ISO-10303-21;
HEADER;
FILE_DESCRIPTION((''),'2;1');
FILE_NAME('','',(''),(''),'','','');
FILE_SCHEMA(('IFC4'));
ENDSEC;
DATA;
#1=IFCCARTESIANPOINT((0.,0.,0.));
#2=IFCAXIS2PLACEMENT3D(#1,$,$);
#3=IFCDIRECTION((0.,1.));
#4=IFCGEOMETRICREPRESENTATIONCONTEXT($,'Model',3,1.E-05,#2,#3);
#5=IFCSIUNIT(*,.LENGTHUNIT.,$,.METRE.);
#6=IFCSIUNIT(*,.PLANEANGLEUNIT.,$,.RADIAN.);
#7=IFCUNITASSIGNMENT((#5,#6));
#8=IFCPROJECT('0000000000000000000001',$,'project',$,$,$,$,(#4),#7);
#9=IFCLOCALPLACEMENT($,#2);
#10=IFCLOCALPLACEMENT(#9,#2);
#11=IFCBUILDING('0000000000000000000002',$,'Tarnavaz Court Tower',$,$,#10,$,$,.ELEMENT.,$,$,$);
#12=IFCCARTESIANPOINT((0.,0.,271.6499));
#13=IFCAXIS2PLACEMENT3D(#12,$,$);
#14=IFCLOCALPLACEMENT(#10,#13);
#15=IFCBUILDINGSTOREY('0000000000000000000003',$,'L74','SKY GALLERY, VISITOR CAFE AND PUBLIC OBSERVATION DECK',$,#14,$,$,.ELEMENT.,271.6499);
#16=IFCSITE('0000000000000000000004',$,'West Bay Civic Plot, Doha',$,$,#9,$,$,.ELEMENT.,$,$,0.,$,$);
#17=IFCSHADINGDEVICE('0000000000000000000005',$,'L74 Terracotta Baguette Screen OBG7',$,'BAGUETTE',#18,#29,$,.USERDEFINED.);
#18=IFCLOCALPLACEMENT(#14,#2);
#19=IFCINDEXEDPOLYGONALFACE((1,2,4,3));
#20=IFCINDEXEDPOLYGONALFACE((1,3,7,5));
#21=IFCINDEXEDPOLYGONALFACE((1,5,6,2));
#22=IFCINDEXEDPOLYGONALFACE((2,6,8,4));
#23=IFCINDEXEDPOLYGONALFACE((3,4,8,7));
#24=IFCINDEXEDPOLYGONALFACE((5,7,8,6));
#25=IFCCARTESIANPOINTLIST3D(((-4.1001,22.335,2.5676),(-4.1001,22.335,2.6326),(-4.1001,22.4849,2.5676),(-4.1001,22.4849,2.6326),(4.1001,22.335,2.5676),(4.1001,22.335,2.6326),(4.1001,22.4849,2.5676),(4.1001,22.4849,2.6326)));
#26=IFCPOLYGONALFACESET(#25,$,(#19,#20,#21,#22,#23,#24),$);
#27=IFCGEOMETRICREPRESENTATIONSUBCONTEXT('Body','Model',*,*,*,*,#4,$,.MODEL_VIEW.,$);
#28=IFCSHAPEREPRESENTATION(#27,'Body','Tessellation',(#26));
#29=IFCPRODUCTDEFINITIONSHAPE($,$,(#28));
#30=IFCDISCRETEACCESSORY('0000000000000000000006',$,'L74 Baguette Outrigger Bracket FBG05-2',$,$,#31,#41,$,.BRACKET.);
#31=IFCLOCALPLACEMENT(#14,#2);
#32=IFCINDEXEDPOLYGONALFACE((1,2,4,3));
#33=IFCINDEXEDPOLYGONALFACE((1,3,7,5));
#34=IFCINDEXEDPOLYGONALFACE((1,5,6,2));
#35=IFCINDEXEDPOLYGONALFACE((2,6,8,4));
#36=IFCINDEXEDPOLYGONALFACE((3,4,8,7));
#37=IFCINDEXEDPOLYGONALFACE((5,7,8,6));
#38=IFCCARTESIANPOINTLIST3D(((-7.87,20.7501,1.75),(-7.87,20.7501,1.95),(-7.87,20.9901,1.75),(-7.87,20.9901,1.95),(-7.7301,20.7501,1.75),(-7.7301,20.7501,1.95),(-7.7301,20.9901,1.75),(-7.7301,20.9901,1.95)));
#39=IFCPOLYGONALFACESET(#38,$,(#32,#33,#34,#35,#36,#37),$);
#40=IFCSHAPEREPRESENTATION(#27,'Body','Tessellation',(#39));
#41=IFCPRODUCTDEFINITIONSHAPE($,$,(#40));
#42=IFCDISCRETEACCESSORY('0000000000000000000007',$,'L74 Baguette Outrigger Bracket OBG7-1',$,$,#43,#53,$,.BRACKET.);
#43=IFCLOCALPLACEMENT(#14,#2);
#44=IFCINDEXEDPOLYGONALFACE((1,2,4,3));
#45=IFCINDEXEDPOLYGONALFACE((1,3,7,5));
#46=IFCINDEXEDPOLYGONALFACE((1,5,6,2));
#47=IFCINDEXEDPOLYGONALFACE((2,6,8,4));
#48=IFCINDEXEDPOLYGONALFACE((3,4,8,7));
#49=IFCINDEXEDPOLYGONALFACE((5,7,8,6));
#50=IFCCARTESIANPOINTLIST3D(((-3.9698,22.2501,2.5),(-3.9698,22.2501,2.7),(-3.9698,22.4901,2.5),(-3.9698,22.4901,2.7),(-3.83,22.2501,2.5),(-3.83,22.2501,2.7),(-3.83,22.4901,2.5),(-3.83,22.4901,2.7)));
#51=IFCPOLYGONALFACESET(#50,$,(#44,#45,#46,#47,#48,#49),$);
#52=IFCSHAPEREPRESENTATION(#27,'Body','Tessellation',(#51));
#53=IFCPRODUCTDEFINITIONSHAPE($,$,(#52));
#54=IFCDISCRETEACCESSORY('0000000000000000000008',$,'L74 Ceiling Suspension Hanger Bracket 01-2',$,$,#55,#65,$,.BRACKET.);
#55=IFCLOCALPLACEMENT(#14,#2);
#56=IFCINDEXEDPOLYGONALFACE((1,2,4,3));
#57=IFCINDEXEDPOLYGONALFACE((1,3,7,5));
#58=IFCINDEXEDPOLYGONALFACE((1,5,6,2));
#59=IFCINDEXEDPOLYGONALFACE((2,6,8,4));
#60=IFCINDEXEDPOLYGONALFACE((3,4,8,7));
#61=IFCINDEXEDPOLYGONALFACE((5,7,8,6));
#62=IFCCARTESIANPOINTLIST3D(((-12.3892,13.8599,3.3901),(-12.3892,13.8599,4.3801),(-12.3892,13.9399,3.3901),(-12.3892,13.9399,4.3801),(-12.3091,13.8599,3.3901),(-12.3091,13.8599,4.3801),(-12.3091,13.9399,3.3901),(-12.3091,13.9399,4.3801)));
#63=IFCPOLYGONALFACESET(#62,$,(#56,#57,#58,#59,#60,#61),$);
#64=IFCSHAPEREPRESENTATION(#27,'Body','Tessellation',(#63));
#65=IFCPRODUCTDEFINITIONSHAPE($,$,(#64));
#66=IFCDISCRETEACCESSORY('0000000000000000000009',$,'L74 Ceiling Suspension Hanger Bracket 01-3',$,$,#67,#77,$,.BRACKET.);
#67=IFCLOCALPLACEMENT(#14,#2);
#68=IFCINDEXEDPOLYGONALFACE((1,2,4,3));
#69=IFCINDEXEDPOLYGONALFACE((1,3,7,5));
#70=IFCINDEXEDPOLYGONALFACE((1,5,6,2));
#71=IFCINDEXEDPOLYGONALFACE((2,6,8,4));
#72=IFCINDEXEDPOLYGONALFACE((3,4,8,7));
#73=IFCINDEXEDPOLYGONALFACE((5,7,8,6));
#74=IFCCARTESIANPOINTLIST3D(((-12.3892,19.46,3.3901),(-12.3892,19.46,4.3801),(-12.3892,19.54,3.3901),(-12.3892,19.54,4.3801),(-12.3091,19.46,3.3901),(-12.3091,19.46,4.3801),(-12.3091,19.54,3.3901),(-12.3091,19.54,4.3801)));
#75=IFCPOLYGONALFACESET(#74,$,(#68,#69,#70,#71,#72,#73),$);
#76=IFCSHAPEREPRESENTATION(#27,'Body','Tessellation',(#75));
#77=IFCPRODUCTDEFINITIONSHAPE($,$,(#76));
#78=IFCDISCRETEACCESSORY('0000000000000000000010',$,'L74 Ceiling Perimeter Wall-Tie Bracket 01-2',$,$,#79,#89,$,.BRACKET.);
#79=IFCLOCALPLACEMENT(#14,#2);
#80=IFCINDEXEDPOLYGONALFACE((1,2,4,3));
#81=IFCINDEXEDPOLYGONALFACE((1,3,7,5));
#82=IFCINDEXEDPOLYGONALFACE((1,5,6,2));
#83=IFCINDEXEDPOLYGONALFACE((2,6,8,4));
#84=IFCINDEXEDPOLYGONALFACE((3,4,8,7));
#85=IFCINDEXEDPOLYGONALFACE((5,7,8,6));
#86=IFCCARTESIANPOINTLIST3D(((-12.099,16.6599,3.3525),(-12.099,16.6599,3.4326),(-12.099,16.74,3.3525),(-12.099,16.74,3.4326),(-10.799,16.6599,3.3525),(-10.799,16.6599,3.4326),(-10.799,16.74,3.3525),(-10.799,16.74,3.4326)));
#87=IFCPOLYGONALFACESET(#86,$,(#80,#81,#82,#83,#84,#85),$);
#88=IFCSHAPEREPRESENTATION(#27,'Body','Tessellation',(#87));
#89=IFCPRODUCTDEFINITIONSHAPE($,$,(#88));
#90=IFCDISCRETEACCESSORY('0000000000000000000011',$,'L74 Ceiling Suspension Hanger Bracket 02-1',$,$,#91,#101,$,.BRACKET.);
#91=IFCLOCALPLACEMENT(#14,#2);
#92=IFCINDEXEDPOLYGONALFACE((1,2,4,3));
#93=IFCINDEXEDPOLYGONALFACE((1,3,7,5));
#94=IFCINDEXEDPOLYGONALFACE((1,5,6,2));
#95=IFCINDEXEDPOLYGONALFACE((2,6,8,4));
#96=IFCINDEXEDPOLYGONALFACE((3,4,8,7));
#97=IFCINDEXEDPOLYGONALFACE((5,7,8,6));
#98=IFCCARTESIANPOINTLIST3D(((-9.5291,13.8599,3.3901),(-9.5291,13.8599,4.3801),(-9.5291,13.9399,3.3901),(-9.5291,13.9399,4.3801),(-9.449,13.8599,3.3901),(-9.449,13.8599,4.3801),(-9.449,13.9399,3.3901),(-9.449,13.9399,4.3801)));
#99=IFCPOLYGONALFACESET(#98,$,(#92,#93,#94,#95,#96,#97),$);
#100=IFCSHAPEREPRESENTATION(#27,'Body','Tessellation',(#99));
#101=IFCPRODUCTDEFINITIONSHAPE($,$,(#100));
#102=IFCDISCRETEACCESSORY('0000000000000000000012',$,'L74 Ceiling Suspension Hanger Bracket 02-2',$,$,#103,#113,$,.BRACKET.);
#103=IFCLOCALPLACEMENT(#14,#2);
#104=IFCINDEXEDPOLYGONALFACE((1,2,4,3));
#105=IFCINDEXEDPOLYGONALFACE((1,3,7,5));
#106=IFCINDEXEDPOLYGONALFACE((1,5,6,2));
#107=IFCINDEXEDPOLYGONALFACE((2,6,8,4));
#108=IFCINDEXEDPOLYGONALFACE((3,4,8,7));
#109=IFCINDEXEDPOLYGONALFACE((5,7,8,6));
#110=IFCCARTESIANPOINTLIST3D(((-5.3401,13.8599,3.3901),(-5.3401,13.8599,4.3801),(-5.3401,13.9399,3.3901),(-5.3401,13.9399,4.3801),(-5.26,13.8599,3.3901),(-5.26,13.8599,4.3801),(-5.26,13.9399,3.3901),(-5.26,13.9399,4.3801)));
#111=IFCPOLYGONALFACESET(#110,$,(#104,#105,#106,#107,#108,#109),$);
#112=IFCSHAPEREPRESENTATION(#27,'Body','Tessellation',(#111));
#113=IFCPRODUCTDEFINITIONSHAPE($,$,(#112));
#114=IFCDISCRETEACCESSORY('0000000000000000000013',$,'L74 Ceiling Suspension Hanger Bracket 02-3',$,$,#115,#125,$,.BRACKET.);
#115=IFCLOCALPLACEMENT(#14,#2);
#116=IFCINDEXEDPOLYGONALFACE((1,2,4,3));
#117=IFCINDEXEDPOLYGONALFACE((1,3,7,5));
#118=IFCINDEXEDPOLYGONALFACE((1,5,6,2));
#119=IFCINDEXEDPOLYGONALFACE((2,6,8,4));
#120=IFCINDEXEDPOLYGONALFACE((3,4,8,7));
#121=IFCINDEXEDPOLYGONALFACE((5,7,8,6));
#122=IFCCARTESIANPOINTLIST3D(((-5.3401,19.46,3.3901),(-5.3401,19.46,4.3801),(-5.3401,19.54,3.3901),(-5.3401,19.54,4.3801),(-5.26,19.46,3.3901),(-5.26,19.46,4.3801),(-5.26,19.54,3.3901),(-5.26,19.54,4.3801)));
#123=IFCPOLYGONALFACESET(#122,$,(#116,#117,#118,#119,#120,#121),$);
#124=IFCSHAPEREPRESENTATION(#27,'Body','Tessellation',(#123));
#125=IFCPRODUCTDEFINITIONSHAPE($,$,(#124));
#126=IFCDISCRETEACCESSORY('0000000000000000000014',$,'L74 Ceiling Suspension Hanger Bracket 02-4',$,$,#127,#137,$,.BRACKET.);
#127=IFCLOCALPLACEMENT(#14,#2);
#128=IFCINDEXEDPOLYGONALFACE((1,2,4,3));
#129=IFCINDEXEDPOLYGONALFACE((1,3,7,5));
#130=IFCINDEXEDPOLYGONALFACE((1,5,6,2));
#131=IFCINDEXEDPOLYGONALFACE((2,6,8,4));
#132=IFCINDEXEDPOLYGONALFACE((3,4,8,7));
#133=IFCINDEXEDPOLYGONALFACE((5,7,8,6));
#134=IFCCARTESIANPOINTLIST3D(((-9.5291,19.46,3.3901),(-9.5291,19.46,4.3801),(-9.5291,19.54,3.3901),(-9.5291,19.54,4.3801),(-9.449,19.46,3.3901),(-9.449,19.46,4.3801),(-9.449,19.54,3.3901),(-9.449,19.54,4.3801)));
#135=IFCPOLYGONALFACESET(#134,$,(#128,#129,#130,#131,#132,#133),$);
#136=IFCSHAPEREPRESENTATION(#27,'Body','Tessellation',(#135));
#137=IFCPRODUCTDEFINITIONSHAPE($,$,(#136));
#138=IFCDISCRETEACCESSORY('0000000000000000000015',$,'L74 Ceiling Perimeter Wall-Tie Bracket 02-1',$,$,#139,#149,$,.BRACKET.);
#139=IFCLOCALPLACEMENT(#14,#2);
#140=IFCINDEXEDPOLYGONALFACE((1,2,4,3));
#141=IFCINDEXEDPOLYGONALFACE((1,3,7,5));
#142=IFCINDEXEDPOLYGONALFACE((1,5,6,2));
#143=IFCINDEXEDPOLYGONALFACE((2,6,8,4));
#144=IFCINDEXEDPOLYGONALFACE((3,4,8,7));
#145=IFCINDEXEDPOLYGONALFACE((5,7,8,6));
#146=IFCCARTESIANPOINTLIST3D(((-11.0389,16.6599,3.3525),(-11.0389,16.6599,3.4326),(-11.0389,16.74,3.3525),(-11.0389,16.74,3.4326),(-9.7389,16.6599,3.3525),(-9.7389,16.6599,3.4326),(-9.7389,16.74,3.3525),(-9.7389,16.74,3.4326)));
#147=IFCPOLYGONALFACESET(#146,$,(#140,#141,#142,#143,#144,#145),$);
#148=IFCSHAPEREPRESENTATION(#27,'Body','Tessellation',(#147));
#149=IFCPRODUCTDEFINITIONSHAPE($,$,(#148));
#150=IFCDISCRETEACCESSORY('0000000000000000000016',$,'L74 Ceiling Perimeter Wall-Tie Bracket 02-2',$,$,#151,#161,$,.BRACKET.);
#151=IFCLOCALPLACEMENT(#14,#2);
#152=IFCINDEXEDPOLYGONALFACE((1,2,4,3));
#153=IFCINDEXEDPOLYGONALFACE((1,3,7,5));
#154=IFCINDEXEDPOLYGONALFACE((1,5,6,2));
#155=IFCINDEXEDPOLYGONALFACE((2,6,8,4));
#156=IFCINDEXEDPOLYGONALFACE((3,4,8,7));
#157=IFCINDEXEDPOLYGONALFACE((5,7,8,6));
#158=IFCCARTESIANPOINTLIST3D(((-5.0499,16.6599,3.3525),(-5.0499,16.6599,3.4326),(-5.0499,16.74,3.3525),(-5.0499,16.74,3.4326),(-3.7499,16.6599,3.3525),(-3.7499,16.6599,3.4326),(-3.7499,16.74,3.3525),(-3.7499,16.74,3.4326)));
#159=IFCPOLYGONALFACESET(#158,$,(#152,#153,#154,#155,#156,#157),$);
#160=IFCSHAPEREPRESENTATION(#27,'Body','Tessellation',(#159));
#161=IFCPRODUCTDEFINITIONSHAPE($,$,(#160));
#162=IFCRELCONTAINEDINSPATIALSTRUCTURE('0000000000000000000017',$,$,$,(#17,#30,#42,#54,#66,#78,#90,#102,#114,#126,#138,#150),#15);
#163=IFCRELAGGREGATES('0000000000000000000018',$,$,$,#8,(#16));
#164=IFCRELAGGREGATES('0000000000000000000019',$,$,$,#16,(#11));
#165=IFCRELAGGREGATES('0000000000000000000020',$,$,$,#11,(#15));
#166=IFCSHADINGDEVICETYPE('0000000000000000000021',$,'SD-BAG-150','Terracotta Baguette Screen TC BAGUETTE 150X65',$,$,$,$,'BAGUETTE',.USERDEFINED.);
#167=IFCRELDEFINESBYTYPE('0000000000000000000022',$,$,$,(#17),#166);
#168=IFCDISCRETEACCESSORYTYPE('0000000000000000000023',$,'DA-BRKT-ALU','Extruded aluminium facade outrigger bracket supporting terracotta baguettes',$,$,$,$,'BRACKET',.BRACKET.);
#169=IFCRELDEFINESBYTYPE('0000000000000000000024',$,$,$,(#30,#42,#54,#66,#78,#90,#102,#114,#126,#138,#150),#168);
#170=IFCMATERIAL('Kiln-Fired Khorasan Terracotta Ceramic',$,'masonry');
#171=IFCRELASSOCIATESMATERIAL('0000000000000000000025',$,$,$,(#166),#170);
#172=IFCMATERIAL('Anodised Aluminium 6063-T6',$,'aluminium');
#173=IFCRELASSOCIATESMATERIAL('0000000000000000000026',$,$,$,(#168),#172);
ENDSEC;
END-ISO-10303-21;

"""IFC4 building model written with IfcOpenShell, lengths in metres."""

from ifc_helpers import new_model, si_unit, direction, frame, origin, origin_2d, place, context, subcontext, project, spatial, rectangle, extrude, material, material_profile, profile_set, type_object, element, save


model = new_model("IFC4")

# Units and contexts
model_context = context("Model", 3, precision=1e-05, world=origin(), true_north=direction((0.0, 1.0)))
body_context = subcontext(model_context, "Body", "Model", "MODEL_VIEW")
ifc_project = project(units=[si_unit("LENGTHUNIT", "METRE"), si_unit("PLANEANGLEUNIT", "RADIAN")], contexts=[model_context])

# Site, building, storey
site_placement = place(None, origin())
site = spatial("IfcSite", under=ifc_project, at=site_placement, Name="West Bay Civic Plot, Doha", CompositionType="ELEMENT", RefElevation=0.0)
building_placement = place(site_placement, origin())
building = spatial("IfcBuilding", under=site, at=building_placement, Name="Tarnavaz Court Tower", CompositionType="ELEMENT")
storey_placement = place(building_placement, frame((0.0, 0.0, 271.6499)))
storey = spatial("IfcBuildingStorey", under=building, at=storey_placement, Name="L74", Description="SKY GALLERY, VISITOR CAFE AND PUBLIC OBSERVATION DECK", CompositionType="ELEMENT", Elevation=271.6499)

# Shared definitions
ifc_material_1 = material(Name="Anodised Aluminium 6063-T6", Category="aluminium")

# Shading device
ifc_material_2 = material(Name="Kiln-Fired Khorasan Terracotta Ceramic", Category="masonry")
ifc_material_profile_1 = material_profile(ifc_material_2, rectangle(XDim=0.1499, YDim=0.0649, at=origin_2d()), Name="TC BAGUETTE 150X65")
ifc_profile_set_1 = profile_set([ifc_material_profile_1], Name="Kiln-Fired Khorasan Terracotta Ceramic")
shading_device_type = type_object("IfcShadingDeviceType", Name="SD-BAG-150", Description="Terracotta Baguette Screen TC BAGUETTE 150X65", ElementType="BAGUETTE", PredefinedType="USERDEFINED", material=ifc_profile_set_1)
shading_device_placement = place(storey_placement, frame((-4.1001, 22.4099, 2.6001), z_axis=(1.0, 0.0, 0.0), x_axis=(0.0, 1.0, 0.0)))
element("IfcShadingDevice", 1, at=shading_device_placement, inside=storey, type_object=shading_device_type, Name="L74 Terracotta Baguette Screen OBG7", ObjectType="BAGUETTE", PredefinedType="USERDEFINED", context=body_context, shape_type="SweptSolid", body=[
    extrude(rectangle(XDim=0.1499, YDim=0.0649, at=origin_2d()), origin(), (0.0, 0.0, 1.0), 8.2002),
])

# Discrete accessories
discrete_accessory_type = type_object("IfcDiscreteAccessoryType", Name="DA-BRKT-ALU", Description="Extruded aluminium facade outrigger bracket supporting terracotta baguettes", ElementType="BRACKET", PredefinedType="BRACKET", material=ifc_material_1)
for number, where, z_axis, x_axis, name in (
    (2, (-7.8, 20.8701, 1.75), (0.0, 0.0, 1.0), (1.0, 0.0, 0.0), "L74 Baguette Outrigger Bracket FBG05-2"),
    (3, (-3.8999, 22.3701, 2.5), (0.0, 0.0, 1.0), (1.0, 0.0, 0.0), "L74 Baguette Outrigger Bracket OBG7-1"),
):
    element("IfcDiscreteAccessory", number, at=place(storey_placement, frame(where, z_axis=z_axis, x_axis=x_axis)), inside=storey, type_object=discrete_accessory_type, Name=name, PredefinedType="BRACKET", context=body_context, shape_type="SweptSolid", body=[
        extrude(rectangle(XDim=0.1399, YDim=0.24, at=origin_2d()), origin(), (0.0, 0.0, 1.0), 0.2),
    ])
for number, where, z_axis, x_axis, name in (
    (4, (-12.3491, 13.8999, 3.3901), (0.0, 0.0, 1.0), (1.0, 0.0, 0.0), "L74 Ceiling Suspension Hanger Bracket 01-2"),
    (5, (-12.3491, 19.5, 3.3901), (0.0, 0.0, 1.0), (1.0, 0.0, 0.0), "L74 Ceiling Suspension Hanger Bracket 01-3"),
):
    element("IfcDiscreteAccessory", number, at=place(storey_placement, frame(where, z_axis=z_axis, x_axis=x_axis)), inside=storey, type_object=discrete_accessory_type, Name=name, PredefinedType="BRACKET", context=body_context, shape_type="SweptSolid", body=[
        extrude(rectangle(XDim=0.0801, YDim=0.0801, at=origin_2d()), origin(), (0.0, 0.0, 1.0), 0.99),
    ])
discrete_accessory_placement = place(storey_placement, frame((-11.449, 16.7, 3.3525), z_axis=(0.0, 0.0, 1.0), x_axis=(1.0, 0.0, 0.0)))
element("IfcDiscreteAccessory", 6, at=discrete_accessory_placement, inside=storey, type_object=discrete_accessory_type, Name="L74 Ceiling Perimeter Wall-Tie Bracket 01-2", PredefinedType="BRACKET", context=body_context, shape_type="SweptSolid", body=[
    extrude(rectangle(XDim=1.3, YDim=0.0801, at=origin_2d()), origin(), (0.0, 0.0, 1.0), 0.0801),
])
for number, where, z_axis, x_axis, name in (
    (7, (-9.489, 13.8999, 3.3901), (0.0, 0.0, 1.0), (1.0, 0.0, 0.0), "L74 Ceiling Suspension Hanger Bracket 02-1"),
    (8, (-5.3, 13.8999, 3.3901), (0.0, 0.0, 1.0), (1.0, 0.0, 0.0), "L74 Ceiling Suspension Hanger Bracket 02-2"),
    (9, (-5.3, 19.5, 3.3901), (0.0, 0.0, 1.0), (1.0, 0.0, 0.0), "L74 Ceiling Suspension Hanger Bracket 02-3"),
    (10, (-9.489, 19.5, 3.3901), (0.0, 0.0, 1.0), (1.0, 0.0, 0.0), "L74 Ceiling Suspension Hanger Bracket 02-4"),
):
    element("IfcDiscreteAccessory", number, at=place(storey_placement, frame(where, z_axis=z_axis, x_axis=x_axis)), inside=storey, type_object=discrete_accessory_type, Name=name, PredefinedType="BRACKET", context=body_context, shape_type="SweptSolid", body=[
        extrude(rectangle(XDim=0.0801, YDim=0.0801, at=origin_2d()), origin(), (0.0, 0.0, 1.0), 0.99),
    ])
for number, where, z_axis, x_axis, name in (
    (11, (-10.3889, 16.7, 3.3525), (0.0, 0.0, 1.0), (1.0, 0.0, 0.0), "L74 Ceiling Perimeter Wall-Tie Bracket 02-1"),
    (12, (-4.3999, 16.7, 3.3525), (0.0, 0.0, 1.0), (1.0, 0.0, 0.0), "L74 Ceiling Perimeter Wall-Tie Bracket 02-2"),
):
    element("IfcDiscreteAccessory", number, at=place(storey_placement, frame(where, z_axis=z_axis, x_axis=x_axis)), inside=storey, type_object=discrete_accessory_type, Name=name, PredefinedType="BRACKET", context=body_context, shape_type="SweptSolid", body=[
        extrude(rectangle(XDim=1.3, YDim=0.0801, at=origin_2d()), origin(), (0.0, 0.0, 1.0), 0.0801),
    ])

save(model, "model.ifc")
